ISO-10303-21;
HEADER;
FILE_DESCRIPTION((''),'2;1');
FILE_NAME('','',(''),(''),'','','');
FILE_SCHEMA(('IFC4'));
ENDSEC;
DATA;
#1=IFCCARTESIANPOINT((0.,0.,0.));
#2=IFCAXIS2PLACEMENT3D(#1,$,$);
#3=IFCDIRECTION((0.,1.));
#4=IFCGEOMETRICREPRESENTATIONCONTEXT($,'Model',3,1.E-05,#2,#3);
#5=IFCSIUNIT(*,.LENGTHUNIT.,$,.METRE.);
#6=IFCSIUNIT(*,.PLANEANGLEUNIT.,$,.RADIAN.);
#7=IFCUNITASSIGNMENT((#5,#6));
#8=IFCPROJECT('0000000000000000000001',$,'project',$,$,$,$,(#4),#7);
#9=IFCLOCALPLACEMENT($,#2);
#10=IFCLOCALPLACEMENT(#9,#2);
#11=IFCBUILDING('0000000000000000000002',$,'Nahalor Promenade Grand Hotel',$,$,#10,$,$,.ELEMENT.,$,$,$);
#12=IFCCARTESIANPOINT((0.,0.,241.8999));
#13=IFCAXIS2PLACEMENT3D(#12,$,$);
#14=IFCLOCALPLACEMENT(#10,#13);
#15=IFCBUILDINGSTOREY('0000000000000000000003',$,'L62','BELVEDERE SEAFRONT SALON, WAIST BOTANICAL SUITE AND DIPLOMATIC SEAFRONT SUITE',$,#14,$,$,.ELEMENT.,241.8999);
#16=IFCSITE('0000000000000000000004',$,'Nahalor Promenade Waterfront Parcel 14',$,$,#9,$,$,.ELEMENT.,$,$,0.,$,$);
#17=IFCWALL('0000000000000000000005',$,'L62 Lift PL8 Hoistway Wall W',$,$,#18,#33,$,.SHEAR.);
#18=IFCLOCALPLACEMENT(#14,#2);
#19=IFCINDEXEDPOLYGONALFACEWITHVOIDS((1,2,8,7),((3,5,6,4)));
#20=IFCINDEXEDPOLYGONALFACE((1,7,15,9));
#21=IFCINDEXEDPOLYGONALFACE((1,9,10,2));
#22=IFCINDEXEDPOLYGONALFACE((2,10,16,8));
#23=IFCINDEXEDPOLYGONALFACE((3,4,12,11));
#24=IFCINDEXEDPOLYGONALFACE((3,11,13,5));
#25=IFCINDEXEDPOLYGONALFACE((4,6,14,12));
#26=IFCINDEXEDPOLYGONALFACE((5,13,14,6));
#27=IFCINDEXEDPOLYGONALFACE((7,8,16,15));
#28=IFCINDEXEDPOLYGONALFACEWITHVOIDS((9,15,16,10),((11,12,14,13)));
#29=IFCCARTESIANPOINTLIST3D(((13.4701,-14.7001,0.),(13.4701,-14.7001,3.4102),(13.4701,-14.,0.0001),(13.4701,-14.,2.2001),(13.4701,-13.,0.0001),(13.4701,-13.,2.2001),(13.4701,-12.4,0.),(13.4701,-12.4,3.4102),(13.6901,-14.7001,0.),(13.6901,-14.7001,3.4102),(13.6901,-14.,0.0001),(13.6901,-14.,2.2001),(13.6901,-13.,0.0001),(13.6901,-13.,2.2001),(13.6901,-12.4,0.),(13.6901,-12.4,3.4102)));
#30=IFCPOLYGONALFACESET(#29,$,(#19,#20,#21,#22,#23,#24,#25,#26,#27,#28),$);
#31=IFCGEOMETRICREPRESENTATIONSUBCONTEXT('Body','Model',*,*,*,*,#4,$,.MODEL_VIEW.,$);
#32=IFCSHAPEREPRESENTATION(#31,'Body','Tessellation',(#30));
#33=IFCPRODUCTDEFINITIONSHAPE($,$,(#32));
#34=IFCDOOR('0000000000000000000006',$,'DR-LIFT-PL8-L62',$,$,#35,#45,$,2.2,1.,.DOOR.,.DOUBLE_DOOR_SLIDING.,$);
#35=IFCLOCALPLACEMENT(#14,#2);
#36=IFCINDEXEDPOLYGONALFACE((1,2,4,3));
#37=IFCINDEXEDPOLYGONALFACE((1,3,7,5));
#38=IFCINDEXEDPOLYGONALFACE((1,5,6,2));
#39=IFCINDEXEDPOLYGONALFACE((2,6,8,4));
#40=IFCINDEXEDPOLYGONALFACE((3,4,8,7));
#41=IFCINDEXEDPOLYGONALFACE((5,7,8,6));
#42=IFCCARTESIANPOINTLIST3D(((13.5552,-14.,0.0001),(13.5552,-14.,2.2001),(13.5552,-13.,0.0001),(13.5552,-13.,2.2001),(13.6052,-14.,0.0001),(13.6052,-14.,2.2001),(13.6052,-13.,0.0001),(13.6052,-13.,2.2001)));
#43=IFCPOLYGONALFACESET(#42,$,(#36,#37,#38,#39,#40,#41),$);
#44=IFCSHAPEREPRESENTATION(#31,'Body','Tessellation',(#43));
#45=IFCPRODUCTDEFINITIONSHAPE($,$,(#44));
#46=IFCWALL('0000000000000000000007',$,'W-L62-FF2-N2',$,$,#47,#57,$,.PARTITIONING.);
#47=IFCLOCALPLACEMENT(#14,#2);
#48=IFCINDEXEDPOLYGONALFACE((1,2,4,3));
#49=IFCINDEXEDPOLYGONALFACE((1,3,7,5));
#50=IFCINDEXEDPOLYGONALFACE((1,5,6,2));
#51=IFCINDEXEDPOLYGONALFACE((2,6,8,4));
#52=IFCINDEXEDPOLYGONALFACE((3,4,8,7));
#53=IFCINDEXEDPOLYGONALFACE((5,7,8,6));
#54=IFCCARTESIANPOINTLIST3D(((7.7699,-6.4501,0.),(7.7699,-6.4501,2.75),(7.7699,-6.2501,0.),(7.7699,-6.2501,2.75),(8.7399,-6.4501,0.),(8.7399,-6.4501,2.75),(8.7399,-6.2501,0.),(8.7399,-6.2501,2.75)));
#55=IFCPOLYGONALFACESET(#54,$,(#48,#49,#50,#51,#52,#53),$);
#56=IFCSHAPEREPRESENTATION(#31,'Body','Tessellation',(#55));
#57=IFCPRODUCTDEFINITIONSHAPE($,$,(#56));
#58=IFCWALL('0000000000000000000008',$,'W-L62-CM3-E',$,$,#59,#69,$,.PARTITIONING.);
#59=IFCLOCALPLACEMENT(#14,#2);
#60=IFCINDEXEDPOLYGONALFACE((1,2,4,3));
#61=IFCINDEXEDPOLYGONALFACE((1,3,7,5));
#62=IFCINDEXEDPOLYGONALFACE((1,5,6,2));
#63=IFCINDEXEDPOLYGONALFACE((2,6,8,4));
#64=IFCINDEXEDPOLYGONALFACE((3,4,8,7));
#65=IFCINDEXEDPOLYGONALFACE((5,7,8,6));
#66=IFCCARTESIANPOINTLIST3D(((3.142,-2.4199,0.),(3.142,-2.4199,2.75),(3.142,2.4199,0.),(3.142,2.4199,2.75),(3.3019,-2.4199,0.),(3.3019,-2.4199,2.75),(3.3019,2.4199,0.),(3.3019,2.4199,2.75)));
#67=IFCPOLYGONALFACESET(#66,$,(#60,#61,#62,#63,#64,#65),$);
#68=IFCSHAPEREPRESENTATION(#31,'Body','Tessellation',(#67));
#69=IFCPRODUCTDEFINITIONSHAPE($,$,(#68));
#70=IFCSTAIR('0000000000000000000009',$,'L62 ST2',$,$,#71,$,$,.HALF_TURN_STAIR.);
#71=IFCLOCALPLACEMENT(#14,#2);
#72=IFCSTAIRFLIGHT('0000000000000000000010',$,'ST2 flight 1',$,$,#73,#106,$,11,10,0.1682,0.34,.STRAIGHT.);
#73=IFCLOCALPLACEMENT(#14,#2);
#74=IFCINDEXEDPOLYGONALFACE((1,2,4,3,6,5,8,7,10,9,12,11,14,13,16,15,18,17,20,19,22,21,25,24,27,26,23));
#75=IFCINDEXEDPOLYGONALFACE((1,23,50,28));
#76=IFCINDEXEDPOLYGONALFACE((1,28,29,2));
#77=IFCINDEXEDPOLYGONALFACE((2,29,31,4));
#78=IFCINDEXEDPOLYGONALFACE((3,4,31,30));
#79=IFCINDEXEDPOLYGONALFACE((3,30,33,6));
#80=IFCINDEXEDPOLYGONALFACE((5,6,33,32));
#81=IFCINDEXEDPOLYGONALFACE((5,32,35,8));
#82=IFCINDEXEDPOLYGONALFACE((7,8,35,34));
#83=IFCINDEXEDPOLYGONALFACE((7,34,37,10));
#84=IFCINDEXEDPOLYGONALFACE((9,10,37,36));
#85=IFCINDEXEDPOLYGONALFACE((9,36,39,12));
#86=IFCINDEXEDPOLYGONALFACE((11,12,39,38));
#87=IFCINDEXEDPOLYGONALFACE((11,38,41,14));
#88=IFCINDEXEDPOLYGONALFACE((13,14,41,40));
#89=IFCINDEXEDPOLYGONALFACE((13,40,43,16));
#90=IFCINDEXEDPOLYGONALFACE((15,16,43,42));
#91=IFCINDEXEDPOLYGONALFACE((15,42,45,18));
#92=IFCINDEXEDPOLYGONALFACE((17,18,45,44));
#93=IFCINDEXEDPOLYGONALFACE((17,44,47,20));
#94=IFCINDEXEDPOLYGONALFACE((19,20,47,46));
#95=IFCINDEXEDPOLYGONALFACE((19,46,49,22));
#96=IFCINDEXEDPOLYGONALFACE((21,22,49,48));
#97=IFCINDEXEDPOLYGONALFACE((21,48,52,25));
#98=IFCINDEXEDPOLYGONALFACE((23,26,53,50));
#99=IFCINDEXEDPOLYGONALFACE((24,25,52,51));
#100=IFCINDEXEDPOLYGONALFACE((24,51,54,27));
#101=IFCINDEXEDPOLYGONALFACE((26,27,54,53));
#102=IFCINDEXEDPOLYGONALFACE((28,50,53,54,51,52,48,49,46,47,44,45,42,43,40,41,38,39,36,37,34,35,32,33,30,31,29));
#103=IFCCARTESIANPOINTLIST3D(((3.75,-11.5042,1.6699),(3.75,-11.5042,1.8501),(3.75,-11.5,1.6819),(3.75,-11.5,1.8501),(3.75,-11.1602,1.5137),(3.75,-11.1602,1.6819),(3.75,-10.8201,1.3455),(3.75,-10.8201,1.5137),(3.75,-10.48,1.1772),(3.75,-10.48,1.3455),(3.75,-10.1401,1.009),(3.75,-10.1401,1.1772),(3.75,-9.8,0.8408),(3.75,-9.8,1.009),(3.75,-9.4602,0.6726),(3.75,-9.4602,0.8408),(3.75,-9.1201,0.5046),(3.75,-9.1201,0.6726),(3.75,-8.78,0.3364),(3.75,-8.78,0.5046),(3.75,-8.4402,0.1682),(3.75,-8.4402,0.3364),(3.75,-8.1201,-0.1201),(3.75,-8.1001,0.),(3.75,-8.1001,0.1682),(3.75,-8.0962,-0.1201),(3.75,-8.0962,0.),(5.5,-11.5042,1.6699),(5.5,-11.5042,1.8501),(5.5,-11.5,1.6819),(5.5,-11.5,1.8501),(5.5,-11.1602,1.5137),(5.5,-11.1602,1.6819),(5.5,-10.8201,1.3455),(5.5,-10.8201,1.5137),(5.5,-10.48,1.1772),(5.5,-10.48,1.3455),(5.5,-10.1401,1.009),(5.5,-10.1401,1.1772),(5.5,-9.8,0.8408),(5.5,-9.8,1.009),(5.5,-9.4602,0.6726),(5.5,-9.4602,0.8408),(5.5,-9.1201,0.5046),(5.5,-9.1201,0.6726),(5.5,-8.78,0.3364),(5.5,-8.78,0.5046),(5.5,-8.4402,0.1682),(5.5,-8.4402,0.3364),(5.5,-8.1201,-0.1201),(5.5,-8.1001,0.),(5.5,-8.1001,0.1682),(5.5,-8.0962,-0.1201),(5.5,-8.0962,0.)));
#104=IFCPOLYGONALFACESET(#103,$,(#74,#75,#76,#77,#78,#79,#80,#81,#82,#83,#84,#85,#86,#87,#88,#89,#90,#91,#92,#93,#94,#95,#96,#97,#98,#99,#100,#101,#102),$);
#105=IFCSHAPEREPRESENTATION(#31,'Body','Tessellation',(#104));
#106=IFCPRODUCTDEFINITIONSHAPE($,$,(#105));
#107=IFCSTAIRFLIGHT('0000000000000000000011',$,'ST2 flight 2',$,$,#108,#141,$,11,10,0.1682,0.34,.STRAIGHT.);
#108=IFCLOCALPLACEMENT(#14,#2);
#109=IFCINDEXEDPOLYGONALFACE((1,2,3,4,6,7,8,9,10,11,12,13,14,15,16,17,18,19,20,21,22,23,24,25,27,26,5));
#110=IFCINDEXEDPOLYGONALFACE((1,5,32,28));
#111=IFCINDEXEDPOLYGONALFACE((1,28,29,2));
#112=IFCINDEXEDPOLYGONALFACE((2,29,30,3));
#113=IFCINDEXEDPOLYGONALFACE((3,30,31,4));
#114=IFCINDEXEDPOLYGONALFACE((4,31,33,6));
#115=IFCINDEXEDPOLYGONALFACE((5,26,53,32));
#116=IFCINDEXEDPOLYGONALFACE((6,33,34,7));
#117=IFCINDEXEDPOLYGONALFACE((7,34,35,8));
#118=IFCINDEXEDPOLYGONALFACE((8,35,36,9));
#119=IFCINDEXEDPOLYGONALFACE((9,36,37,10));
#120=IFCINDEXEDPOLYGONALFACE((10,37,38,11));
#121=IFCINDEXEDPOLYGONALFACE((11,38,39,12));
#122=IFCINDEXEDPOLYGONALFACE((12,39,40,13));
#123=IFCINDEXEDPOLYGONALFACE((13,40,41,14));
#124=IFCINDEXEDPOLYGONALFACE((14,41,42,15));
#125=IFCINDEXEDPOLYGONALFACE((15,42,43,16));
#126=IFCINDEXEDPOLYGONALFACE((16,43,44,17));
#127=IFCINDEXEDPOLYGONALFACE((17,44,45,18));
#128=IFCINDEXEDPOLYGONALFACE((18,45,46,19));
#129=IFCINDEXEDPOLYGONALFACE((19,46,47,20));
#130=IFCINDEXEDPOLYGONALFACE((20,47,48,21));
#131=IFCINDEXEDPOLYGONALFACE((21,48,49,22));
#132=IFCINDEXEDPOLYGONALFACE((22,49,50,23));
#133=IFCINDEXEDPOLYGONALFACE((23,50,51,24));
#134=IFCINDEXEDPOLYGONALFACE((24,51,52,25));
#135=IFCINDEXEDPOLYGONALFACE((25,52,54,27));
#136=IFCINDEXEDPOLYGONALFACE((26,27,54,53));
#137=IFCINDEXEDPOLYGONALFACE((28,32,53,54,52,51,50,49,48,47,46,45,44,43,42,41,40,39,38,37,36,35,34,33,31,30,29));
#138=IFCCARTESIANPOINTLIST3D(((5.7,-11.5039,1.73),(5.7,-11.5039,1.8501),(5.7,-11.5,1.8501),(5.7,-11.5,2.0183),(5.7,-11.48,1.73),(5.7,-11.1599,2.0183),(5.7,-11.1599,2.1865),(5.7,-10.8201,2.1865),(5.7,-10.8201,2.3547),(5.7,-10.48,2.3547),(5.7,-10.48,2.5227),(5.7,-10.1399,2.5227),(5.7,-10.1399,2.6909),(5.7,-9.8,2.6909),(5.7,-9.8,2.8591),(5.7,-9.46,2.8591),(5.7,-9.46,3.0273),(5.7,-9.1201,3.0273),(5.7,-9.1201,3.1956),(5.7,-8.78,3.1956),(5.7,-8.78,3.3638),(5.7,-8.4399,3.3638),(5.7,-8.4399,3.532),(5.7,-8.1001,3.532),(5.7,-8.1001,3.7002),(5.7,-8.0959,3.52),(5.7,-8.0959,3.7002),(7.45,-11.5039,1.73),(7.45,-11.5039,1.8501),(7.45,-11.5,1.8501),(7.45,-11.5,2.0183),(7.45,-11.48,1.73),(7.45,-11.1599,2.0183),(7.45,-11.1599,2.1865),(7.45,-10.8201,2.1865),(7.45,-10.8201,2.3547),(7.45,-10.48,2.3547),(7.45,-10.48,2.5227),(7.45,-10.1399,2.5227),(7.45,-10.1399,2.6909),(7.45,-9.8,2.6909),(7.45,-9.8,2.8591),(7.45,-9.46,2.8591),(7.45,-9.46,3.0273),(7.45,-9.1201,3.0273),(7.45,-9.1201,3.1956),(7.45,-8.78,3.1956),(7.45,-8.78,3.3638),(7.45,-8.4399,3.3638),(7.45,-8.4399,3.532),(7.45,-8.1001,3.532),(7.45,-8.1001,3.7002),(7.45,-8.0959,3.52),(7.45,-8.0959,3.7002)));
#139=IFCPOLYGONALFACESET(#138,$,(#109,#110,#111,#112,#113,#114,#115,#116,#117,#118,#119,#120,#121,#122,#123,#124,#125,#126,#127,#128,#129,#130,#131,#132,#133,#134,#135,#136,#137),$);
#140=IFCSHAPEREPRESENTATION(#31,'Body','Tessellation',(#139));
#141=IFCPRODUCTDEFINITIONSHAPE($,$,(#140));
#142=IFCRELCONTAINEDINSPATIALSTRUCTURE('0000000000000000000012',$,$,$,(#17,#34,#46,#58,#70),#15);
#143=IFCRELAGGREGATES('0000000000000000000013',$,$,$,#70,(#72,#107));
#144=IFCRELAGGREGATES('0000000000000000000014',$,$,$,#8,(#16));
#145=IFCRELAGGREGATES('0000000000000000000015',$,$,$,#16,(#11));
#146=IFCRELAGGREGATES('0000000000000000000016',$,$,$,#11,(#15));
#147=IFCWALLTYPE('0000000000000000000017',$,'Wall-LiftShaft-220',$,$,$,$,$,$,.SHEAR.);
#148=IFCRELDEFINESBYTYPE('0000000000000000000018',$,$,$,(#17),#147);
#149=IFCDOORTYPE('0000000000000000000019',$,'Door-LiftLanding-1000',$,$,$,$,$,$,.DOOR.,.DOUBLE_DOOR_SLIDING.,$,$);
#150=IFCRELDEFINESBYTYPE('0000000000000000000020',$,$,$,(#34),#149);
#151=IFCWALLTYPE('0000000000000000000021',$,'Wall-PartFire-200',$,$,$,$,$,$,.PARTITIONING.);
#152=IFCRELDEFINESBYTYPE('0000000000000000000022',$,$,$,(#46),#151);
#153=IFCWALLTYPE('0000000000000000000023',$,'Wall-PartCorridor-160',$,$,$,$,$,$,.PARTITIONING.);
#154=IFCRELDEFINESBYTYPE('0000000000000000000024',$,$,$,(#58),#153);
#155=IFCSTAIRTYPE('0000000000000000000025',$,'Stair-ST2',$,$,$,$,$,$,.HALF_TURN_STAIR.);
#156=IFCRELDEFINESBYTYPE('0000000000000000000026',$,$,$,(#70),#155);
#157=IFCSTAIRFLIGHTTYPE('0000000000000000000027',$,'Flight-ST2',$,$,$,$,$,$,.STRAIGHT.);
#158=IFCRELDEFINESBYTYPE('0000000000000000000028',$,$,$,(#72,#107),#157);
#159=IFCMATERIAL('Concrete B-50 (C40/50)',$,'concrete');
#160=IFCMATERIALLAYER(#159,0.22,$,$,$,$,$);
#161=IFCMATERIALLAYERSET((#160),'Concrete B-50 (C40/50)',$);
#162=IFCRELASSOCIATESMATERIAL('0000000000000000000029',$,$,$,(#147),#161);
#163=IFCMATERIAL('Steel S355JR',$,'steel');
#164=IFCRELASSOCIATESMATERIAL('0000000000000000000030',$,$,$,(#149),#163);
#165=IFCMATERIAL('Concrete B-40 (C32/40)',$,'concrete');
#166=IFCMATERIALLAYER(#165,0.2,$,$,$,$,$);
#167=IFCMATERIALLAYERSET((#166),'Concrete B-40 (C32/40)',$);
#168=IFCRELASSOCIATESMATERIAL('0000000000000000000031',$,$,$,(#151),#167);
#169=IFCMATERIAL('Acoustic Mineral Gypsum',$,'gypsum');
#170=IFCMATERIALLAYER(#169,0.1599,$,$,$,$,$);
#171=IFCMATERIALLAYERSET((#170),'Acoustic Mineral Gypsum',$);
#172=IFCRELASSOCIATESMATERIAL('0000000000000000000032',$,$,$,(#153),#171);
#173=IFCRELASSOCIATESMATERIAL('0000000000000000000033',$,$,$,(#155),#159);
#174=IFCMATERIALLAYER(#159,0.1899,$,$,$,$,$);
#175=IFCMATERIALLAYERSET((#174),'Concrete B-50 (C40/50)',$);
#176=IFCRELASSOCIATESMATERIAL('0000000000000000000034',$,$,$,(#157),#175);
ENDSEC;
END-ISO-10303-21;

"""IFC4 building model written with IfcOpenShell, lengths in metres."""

from ifc_helpers import new_model, si_unit, direction, frame, frame_2d, origin, place, context, subcontext, project, spatial, polyline, rectangle, outline, extrude, source, transform, mapped, material, layer, layer_set, type_object, element, fill, aggregate, save


model = new_model("IFC4")

# Units and contexts
model_context = context("Model", 3, precision=1e-05, world=origin(), true_north=direction((0.0, 1.0)))
body_context = subcontext(model_context, "Body", "Model", "MODEL_VIEW")
ifc_project = project(units=[si_unit("LENGTHUNIT", "METRE"), si_unit("PLANEANGLEUNIT", "RADIAN")], contexts=[model_context])

# Site, building, storey
site_placement = place(None, origin())
site = spatial("IfcSite", under=ifc_project, at=site_placement, Name="Nahalor Promenade Waterfront Parcel 14", CompositionType="ELEMENT", RefElevation=0.0)
building_placement = place(site_placement, origin())
building = spatial("IfcBuilding", under=site, at=building_placement, Name="Nahalor Promenade Grand Hotel", CompositionType="ELEMENT")
storey_placement = place(building_placement, frame((0.0, 0.0, 241.8999)))
storey = spatial("IfcBuildingStorey", under=building, at=storey_placement, Name="L62", Description="BELVEDERE SEAFRONT SALON, WAIST BOTANICAL SUITE AND DIPLOMATIC SEAFRONT SUITE", CompositionType="ELEMENT", Elevation=241.8999)

# Shared definitions
ifc_material_1 = material(Name="Steel S355JR", Category="steel")

# Shared definitions
ifc_material_2 = material(Name="Concrete B-50 (C40/50)", Category="concrete")
ifc_layer_1 = layer(ifc_material_2, 0.22)
ifc_layer_set_1 = layer_set([ifc_layer_1], Name="Concrete B-50 (C40/50)")
wall_type_1 = type_object("IfcWallType", Name="Wall-LiftShaft-220", PredefinedType="SHEAR", material=ifc_layer_set_1)

# Wall, opening, door
shared_shape_1 = source(origin(), body_context, "Body", "SweptSolid", [
    extrude(rectangle(XDim=2.3, YDim=0.22, at=frame_2d((1.1499, 0.0))), origin(), (0.0, 0.0, 1.0), 3.4102),
])
wall_1_placement = place(storey_placement, frame((13.5801, -14.7, 0.0), z_axis=(0.0, 0.0, 1.0), x_axis=(0.0, 1.0, 0.0)))
wall_1 = element("IfcWall", 1, at=wall_1_placement, inside=storey, type_object=wall_type_1, Name="L62 Lift PL8 Hoistway Wall W", PredefinedType="SHEAR", context=body_context, shape_type="MappedRepresentation", body=[
    mapped(shared_shape_1, transform((0.0, 0.0, 0.0), scale=1.0)),
])
opening_1_placement = place(wall_1_placement, frame((0.7, 0.0, 0.0)))
opening_1 = element("IfcOpeningElement", 2, at=opening_1_placement, cuts=wall_1, PredefinedType="OPENING", context=body_context, shape_type="SweptSolid", body=[
    extrude(rectangle(XDim=1.0, YDim=2.2, at=frame_2d((0.5, 1.1001))), frame((0.0, 0.1199, 0.0), z_axis=(0.0, -1.0, 0.0), x_axis=(1.0, 0.0, 0.0)), (0.0, 0.0, 1.0), 0.24),
])
door_type_1 = type_object("IfcDoorType", Name="Door-LiftLanding-1000", OperationType="DOUBLE_DOOR_SLIDING", PredefinedType="DOOR", material=ifc_material_1)
shared_shape_2 = source(origin(), body_context, "Body", "SweptSolid", [
    extrude(rectangle(XDim=1.0, YDim=2.2, at=frame_2d((0.5, 1.1001))), frame((0.0, 0.0249, 0.0), z_axis=(0.0, -1.0, 0.0), x_axis=(1.0, 0.0, 0.0)), (0.0, 0.0, 1.0), 0.05),
])
door_1_placement = place(opening_1_placement, origin())
door_1 = element("IfcDoor", 3, at=door_1_placement, inside=storey, type_object=door_type_1, Name="DR-LIFT-PL8-L62", OperationType="DOUBLE_DOOR_SLIDING", OverallHeight=2.2, OverallWidth=1.0, PredefinedType="DOOR", context=body_context, shape_type="MappedRepresentation", body=[
    mapped(shared_shape_2, transform((0.0, 0.0, 0.0), scale=1.0)),
])
fill(opening_1, door_1)
ifc_material_3 = material(Name="Concrete B-40 (C32/40)", Category="concrete")
ifc_layer_2 = layer(ifc_material_3, 0.2)
ifc_layer_set_2 = layer_set([ifc_layer_2], Name="Concrete B-40 (C32/40)")
wall_type_2 = type_object("IfcWallType", Name="Wall-PartFire-200", PredefinedType="PARTITIONING", material=ifc_layer_set_2)

# Walls
shared_shape_3 = source(origin(), body_context, "Body", "SweptSolid", [
    extrude(rectangle(XDim=0.97, YDim=0.2, at=frame_2d((0.4849, 0.0))), origin(), (0.0, 0.0, 1.0), 2.75),
])
wall_2_placement = place(storey_placement, frame((7.77, -6.3501, 0.0), z_axis=(0.0, 0.0, 1.0), x_axis=(1.0, 0.0, 0.0)))
element("IfcWall", 4, at=wall_2_placement, inside=storey, type_object=wall_type_2, Name="W-L62-FF2-N2", PredefinedType="PARTITIONING", context=body_context, shape_type="MappedRepresentation", body=[
    mapped(shared_shape_3, transform((0.0, 0.0, 0.0), scale=1.0)),
])
ifc_material_4 = material(Name="Acoustic Mineral Gypsum", Category="gypsum")
ifc_layer_3 = layer(ifc_material_4, 0.1599)
ifc_layer_set_3 = layer_set([ifc_layer_3], Name="Acoustic Mineral Gypsum")
wall_type_3 = type_object("IfcWallType", Name="Wall-PartCorridor-160", PredefinedType="PARTITIONING", material=ifc_layer_set_3)
shared_shape_4 = source(origin(), body_context, "Body", "SweptSolid", [
    extrude(rectangle(XDim=4.8398, YDim=0.1599, at=frame_2d((2.4199, 0.0))), origin(), (0.0, 0.0, 1.0), 2.75),
])
wall_3_placement = place(storey_placement, frame((3.2219, -2.4199, 0.0), z_axis=(0.0, 0.0, 1.0), x_axis=(0.0, 1.0, 0.0)))
element("IfcWall", 5, at=wall_3_placement, inside=storey, type_object=wall_type_3, Name="W-L62-CM3-E", PredefinedType="PARTITIONING", context=body_context, shape_type="MappedRepresentation", body=[
    mapped(shared_shape_4, transform((0.0, 0.0, 0.0), scale=1.0)),
])

# Stair, stair flights
stair_type = type_object("IfcStairType", Name="Stair-ST2", PredefinedType="HALF_TURN_STAIR", material=ifc_material_2)
stair_placement = place(storey_placement, origin())
stair = element("IfcStair", 6, at=stair_placement, inside=storey, type_object=stair_type, Name="L62 ST2", PredefinedType="HALF_TURN_STAIR")
ifc_layer_4 = layer(ifc_material_2, 0.1899)
ifc_layer_set_4 = layer_set([ifc_layer_4], Name="Concrete B-50 (C40/50)")
stair_flight_type = type_object("IfcStairFlightType", Name="Flight-ST2", PredefinedType="STRAIGHT", material=ifc_layer_set_4)
shared_shape_5 = source(origin(), body_context, "Body", "SweptSolid", [
    extrude(outline(polyline([(-0.0039, -0.1201), (-0.0039, 0.0), (0.0, 0.0), (0.0, 0.1682), (0.3401, 0.1682), (0.3401, 0.3364), (0.6799, 0.3364), (0.6799, 0.5046), (1.02, 0.5046), (1.02, 0.6726), (1.3601, 0.6726), (1.3601, 0.8408), (1.7, 0.8408), (1.7, 1.009), (2.04, 1.009), (2.04, 1.1772), (2.3799, 1.1772), (2.3799, 1.3455), (2.72, 1.3455), (2.72, 1.5137), (3.0601, 1.5137), (3.0601, 1.6819), (3.3999, 1.6819), (3.3999, 1.8501), (3.4041, 1.8501), (3.4041, 1.6699), (0.02, -0.1201), (-0.0039, -0.1201)])), frame((0.0, 0.875, 0.0), z_axis=(0.0, -1.0, 0.0), x_axis=(1.0, 0.0, 0.0)), (0.0, 0.0, 1.0), 1.75),
])
stair_flight_1_placement = place(storey_placement, frame((4.625, -8.1001, 0.0), z_axis=(0.0, 0.0, 1.0), x_axis=(0.0, -1.0, 0.0)))
stair_flight_1 = element("IfcStairFlight", 7, at=stair_flight_1_placement, type_object=stair_flight_type, Name="ST2 flight 1", NumberOfRisers=11, NumberOfTreads=10, PredefinedType="STRAIGHT", RiserHeight=0.1682, TreadLength=0.34, context=body_context, shape_type="MappedRepresentation", body=[
    mapped(shared_shape_5, transform((0.0, 0.0, 0.0), scale=1.0)),
])
stair_flight_2_placement = place(storey_placement, frame((6.575, -11.5, 1.8501), z_axis=(0.0, 0.0, 1.0), x_axis=(0.0, 1.0, 0.0)))
stair_flight_2 = element("IfcStairFlight", 8, at=stair_flight_2_placement, type_object=stair_flight_type, Name="ST2 flight 2", NumberOfRisers=11, NumberOfTreads=10, PredefinedType="STRAIGHT", RiserHeight=0.1682, TreadLength=0.34, context=body_context, shape_type="MappedRepresentation", body=[
    mapped(shared_shape_5, transform((0.0, 0.0, 0.0), scale=1.0)),
])
aggregate(stair, [stair_flight_1, stair_flight_2])

save(model, "model.ifc")
